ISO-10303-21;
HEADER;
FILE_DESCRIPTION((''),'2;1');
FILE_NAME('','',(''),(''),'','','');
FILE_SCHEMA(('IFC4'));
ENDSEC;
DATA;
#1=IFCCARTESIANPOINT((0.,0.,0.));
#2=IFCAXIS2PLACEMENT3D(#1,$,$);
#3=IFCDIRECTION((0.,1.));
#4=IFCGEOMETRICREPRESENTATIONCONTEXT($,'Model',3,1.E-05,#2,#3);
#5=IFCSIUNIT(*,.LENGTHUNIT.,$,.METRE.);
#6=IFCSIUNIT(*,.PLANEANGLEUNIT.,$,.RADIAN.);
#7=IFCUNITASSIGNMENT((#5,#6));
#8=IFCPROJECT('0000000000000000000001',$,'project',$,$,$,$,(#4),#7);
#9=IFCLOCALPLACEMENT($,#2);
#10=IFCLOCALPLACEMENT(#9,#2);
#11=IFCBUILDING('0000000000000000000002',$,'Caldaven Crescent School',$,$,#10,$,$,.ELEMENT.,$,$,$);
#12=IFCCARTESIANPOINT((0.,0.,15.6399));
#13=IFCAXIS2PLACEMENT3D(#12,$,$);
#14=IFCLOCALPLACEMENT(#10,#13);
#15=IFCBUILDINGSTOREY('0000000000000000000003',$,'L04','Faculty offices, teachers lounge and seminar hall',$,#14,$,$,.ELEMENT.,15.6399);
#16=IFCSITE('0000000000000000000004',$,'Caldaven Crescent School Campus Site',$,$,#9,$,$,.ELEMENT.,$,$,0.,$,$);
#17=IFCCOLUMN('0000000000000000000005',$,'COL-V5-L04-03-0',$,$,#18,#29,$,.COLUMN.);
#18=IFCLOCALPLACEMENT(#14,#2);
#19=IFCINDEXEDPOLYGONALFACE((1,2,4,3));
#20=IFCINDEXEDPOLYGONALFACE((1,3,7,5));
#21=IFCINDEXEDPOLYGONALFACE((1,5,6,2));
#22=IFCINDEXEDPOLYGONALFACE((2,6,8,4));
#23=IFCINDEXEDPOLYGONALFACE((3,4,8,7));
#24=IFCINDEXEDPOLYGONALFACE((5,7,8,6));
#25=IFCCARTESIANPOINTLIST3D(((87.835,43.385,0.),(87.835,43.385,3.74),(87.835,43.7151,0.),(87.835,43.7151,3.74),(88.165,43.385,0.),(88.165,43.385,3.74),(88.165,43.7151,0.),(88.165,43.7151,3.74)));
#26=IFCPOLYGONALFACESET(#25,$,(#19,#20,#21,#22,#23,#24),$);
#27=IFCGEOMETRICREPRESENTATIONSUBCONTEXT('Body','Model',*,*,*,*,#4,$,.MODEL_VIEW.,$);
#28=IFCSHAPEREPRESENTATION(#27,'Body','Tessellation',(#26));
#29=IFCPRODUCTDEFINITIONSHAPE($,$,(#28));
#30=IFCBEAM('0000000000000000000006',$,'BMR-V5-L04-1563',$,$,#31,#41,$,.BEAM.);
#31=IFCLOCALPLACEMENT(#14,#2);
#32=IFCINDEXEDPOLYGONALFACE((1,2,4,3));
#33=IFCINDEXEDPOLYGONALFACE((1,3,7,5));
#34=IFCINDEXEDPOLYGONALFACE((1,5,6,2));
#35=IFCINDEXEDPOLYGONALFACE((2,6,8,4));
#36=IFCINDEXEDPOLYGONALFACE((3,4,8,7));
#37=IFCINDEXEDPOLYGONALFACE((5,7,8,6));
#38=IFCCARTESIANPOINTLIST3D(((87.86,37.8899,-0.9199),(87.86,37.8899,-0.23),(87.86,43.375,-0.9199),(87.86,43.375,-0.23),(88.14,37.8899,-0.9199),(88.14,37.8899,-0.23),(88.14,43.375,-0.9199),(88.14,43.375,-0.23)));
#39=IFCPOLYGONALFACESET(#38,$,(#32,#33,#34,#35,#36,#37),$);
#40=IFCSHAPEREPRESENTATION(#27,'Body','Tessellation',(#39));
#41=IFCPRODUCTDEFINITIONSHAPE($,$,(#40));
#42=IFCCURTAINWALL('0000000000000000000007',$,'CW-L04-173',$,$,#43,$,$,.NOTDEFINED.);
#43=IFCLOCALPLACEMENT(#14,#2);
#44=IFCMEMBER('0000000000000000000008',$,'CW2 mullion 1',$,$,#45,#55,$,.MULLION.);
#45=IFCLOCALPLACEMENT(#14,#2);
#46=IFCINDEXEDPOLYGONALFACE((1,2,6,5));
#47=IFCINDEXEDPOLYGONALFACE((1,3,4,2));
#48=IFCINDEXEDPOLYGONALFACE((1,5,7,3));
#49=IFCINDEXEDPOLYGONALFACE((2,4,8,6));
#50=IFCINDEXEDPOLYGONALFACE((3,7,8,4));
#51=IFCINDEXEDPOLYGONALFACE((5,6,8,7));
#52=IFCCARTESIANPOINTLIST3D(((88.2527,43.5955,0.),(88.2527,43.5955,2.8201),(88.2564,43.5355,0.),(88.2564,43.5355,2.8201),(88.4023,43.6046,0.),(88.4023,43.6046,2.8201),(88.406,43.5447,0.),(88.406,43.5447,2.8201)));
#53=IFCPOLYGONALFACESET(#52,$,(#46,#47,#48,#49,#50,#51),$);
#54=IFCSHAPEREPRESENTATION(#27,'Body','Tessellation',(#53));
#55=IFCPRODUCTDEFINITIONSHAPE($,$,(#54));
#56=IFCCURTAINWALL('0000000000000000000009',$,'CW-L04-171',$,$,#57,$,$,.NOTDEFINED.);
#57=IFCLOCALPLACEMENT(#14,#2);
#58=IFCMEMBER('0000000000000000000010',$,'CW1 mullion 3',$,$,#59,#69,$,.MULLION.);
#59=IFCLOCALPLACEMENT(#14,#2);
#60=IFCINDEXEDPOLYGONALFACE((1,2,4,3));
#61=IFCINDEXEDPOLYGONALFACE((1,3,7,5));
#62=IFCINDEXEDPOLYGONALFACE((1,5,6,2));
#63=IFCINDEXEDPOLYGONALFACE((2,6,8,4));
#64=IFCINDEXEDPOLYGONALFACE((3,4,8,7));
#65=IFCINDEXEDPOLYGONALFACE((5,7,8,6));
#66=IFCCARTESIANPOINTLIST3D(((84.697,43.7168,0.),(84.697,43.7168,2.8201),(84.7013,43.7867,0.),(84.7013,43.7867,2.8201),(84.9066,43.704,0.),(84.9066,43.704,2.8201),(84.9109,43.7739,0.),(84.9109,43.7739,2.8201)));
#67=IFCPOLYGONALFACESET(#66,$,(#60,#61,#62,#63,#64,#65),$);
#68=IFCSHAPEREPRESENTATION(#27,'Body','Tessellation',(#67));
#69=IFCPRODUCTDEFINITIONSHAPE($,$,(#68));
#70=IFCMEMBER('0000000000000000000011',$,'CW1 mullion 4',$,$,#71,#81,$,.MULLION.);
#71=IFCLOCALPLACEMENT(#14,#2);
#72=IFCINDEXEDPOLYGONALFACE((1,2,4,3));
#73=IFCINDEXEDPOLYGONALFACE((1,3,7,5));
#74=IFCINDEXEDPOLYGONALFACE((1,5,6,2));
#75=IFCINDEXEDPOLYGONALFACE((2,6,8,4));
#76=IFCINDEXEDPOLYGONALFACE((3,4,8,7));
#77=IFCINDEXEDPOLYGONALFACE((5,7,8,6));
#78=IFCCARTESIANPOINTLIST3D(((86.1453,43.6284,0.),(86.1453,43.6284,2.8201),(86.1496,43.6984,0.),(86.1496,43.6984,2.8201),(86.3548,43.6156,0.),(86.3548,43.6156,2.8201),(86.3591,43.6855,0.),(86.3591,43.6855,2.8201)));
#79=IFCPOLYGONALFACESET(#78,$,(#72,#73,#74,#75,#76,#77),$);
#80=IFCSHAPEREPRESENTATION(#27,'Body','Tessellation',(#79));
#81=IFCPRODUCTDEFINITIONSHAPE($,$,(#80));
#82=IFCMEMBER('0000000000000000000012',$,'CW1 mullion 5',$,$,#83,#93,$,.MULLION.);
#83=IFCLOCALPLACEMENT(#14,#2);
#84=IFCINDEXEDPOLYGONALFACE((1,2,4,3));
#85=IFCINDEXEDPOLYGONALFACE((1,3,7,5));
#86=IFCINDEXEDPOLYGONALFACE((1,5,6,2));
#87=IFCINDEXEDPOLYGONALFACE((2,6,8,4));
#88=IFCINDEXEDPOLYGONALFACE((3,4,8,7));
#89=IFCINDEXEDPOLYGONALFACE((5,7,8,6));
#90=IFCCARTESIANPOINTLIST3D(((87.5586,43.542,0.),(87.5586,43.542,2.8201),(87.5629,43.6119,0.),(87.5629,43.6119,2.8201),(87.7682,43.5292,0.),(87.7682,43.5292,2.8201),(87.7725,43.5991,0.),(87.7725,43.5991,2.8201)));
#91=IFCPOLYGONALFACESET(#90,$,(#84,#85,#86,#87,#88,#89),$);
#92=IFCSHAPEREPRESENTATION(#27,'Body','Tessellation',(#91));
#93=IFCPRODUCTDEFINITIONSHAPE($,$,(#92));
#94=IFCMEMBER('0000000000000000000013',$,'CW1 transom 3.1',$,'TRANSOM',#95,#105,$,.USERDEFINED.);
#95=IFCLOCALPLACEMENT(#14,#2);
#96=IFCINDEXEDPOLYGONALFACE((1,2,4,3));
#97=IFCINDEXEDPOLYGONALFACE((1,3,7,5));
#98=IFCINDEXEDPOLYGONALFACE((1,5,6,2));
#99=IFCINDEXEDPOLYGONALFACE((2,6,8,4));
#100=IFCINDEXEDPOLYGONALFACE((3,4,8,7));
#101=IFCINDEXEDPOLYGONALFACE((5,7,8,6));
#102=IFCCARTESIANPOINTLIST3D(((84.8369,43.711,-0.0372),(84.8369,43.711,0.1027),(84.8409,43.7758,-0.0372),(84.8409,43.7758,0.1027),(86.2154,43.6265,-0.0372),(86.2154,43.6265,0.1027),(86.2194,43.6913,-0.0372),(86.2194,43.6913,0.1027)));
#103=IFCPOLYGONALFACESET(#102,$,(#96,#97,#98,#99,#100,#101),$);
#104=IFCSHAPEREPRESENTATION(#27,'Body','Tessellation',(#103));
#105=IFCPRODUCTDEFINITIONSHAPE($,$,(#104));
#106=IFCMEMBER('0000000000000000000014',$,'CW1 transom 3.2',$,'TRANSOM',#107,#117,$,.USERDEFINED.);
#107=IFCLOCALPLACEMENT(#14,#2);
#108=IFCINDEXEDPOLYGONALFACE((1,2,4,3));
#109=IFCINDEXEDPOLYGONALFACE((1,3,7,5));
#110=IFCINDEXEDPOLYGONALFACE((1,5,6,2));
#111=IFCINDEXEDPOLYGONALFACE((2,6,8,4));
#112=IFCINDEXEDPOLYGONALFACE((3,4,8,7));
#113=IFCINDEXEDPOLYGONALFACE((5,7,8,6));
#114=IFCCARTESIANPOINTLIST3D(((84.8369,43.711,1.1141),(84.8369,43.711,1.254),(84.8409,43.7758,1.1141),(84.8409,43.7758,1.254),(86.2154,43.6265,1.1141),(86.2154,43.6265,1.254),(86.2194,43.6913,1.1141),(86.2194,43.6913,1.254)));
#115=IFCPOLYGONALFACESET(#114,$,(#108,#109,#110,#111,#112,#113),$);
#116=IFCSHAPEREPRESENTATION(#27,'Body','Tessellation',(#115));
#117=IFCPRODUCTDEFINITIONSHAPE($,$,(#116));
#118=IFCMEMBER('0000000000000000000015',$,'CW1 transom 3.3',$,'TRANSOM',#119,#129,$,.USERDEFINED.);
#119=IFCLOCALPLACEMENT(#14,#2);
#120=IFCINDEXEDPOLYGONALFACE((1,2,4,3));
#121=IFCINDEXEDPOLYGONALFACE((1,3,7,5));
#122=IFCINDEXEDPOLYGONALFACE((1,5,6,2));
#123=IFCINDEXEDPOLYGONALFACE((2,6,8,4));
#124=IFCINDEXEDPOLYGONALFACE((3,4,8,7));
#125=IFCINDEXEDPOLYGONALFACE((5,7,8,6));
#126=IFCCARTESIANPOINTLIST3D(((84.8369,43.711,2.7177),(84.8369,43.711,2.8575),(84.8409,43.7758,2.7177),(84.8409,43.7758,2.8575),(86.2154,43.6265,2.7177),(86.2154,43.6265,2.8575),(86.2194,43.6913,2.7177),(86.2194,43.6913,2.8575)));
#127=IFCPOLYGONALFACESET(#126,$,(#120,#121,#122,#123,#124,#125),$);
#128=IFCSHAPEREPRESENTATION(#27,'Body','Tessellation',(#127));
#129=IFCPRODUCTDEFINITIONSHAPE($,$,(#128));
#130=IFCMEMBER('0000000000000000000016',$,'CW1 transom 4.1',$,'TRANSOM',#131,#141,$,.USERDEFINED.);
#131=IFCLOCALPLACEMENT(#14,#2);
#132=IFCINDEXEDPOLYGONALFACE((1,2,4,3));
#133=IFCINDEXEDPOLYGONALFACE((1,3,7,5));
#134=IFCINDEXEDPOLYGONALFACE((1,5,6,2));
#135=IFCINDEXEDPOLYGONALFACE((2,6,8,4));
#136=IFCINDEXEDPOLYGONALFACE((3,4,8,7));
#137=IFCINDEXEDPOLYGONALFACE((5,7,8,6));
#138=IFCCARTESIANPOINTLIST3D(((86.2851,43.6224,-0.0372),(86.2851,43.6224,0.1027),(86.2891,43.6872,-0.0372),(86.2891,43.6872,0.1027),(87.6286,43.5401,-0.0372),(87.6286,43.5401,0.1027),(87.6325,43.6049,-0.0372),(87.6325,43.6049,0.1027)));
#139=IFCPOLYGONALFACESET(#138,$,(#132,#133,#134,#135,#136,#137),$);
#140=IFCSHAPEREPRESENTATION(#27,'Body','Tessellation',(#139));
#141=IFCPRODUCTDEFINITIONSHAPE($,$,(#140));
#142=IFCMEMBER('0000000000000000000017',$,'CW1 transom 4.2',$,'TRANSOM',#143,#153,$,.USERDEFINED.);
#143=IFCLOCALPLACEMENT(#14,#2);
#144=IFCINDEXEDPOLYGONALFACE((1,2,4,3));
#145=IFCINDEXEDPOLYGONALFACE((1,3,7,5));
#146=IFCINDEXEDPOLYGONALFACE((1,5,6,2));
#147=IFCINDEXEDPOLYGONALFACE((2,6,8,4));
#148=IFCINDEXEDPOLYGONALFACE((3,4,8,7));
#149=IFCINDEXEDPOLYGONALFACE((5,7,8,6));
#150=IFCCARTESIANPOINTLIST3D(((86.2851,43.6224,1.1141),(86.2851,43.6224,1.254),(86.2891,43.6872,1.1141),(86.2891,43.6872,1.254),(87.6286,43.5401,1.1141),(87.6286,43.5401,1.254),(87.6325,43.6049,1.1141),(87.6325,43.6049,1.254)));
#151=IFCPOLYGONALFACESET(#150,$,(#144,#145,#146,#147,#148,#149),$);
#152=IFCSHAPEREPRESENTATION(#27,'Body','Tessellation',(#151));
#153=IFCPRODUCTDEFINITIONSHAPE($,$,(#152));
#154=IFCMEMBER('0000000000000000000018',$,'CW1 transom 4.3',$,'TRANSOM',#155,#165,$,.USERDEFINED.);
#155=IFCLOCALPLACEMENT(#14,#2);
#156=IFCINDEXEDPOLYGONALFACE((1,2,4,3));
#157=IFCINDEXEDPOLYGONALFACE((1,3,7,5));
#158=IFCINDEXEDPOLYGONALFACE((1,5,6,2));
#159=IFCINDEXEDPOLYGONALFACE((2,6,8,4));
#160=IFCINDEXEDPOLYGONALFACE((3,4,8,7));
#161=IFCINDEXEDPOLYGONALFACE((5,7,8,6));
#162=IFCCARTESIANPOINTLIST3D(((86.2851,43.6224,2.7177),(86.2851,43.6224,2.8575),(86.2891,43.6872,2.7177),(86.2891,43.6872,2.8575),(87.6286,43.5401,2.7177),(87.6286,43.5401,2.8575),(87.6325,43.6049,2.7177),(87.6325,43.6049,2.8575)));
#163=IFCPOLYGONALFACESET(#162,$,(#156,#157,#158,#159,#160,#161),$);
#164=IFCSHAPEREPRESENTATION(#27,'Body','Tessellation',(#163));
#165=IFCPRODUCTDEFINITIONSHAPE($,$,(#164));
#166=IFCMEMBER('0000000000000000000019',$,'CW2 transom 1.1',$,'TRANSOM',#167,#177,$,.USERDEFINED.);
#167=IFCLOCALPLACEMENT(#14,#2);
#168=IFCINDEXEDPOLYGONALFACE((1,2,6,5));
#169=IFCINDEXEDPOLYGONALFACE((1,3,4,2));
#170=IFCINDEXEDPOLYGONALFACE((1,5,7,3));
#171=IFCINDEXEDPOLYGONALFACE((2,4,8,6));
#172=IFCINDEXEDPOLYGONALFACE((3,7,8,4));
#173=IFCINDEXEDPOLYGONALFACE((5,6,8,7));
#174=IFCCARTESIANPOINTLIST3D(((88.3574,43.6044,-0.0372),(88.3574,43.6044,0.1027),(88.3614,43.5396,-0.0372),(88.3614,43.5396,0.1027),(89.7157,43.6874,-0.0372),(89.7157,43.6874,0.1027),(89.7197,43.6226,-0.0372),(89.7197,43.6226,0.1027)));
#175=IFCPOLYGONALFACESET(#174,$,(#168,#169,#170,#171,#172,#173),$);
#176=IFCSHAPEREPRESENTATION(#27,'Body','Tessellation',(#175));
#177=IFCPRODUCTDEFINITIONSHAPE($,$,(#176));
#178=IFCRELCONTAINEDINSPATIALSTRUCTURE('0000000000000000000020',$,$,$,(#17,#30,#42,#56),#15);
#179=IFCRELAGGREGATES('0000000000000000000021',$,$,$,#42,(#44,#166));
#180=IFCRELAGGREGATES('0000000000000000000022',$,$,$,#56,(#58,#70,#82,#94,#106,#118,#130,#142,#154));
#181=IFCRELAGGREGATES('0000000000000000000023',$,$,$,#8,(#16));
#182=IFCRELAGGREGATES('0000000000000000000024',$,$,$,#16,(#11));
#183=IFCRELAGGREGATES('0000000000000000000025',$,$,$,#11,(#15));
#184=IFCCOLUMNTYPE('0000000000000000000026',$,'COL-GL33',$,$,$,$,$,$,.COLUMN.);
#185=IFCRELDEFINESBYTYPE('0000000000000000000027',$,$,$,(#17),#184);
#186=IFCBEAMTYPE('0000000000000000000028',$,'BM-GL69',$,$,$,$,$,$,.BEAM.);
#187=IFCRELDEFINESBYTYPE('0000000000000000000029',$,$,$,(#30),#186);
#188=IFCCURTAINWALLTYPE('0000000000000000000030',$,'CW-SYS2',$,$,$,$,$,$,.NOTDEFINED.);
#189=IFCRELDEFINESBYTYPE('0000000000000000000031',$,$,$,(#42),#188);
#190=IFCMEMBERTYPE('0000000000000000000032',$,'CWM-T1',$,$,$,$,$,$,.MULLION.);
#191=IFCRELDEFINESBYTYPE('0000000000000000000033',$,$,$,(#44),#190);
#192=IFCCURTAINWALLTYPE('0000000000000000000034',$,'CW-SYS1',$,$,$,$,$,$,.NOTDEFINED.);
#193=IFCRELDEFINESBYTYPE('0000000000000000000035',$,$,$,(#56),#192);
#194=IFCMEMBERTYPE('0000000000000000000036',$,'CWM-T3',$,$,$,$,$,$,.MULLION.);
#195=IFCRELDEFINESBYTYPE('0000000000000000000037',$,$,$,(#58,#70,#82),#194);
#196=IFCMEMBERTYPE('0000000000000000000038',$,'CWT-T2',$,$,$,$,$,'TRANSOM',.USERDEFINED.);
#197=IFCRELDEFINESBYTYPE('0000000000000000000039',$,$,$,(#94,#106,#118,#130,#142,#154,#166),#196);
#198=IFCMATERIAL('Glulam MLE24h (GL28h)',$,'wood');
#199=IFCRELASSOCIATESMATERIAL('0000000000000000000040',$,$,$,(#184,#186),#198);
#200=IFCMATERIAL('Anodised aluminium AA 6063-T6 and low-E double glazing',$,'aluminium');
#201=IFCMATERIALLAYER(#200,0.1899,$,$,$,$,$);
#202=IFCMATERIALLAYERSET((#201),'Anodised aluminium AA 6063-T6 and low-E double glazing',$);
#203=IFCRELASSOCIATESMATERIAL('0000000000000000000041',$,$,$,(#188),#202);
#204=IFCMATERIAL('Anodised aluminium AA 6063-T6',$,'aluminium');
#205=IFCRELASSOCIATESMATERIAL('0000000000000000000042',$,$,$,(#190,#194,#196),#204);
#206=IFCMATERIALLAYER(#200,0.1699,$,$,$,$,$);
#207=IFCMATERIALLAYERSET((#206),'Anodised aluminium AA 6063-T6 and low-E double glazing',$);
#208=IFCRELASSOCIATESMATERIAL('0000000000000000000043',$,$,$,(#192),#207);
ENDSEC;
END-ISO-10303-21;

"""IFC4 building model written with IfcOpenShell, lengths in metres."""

from ifc_helpers import new_model, si_unit, direction, frame, origin, origin_2d, place, context, subcontext, project, spatial, rectangle, extrude, material, layer, layer_set, material_profile, profile_set, type_object, element, aggregate, save


model = new_model("IFC4")

# Units and contexts
model_context = context("Model", 3, precision=1e-05, world=origin(), true_north=direction((0.0, 1.0)))
body_context = subcontext(model_context, "Body", "Model", "MODEL_VIEW")
ifc_project = project(units=[si_unit("LENGTHUNIT", "METRE"), si_unit("PLANEANGLEUNIT", "RADIAN")], contexts=[model_context])

# Site, building, storey
site_placement = place(None, origin())
site = spatial("IfcSite", under=ifc_project, at=site_placement, Name="Caldaven Crescent School Campus Site", CompositionType="ELEMENT", RefElevation=0.0)
building_placement = place(site_placement, origin())
building = spatial("IfcBuilding", under=site, at=building_placement, Name="Caldaven Crescent School", CompositionType="ELEMENT")
storey_placement = place(building_placement, frame((0.0, 0.0, 15.6399)))
storey = spatial("IfcBuildingStorey", under=building, at=storey_placement, Name="L04", Description="Faculty offices, teachers lounge and seminar hall", CompositionType="ELEMENT", Elevation=15.6399)

# Column
ifc_material_1 = material(Name="Glulam MLE24h (GL28h)", Category="wood")
ifc_material_profile_1 = material_profile(ifc_material_1, rectangle(XDim=0.3301, YDim=0.3301, at=origin_2d()), Name="MLE 330x330")
ifc_profile_set_1 = profile_set([ifc_material_profile_1], Name="Glulam MLE24h (GL28h)")
column_type = type_object("IfcColumnType", Name="COL-GL33", PredefinedType="COLUMN", material=ifc_profile_set_1)
column_placement = place(storey_placement, frame((88.0, 43.55, 0.0), z_axis=(0.0, 0.0, 1.0), x_axis=(0.0, -1.0, 0.0)))
element("IfcColumn", 1, at=column_placement, inside=storey, type_object=column_type, Name="COL-V5-L04-03-0", PredefinedType="COLUMN", context=body_context, shape_type="SweptSolid", body=[
    extrude(rectangle(XDim=0.3301, YDim=0.3301, at=origin_2d()), origin(), (0.0, 0.0, 1.0), 3.74),
])

# Beam
ifc_material_profile_2 = material_profile(ifc_material_1, rectangle(XDim=0.28, YDim=0.6899, at=origin_2d()), Name="MLE 280x690")
ifc_profile_set_2 = profile_set([ifc_material_profile_2], Name="Glulam MLE24h (GL28h)")
beam_type_1 = type_object("IfcBeamType", Name="BM-GL69", PredefinedType="BEAM", material=ifc_profile_set_2)
beam_1_placement = place(storey_placement, frame((88.0, 43.375, -0.575), z_axis=(0.0, -1.0, 0.0), x_axis=(1.0, 0.0, 0.0)))
element("IfcBeam", 2, at=beam_1_placement, inside=storey, type_object=beam_type_1, Name="BMR-V5-L04-1563", PredefinedType="BEAM", context=body_context, shape_type="SweptSolid", body=[
    extrude(rectangle(XDim=0.28, YDim=0.6899, at=origin_2d()), origin(), (0.0, 0.0, 1.0), 5.4851),
])

# Curtain wall, member
ifc_material_2 = material(Name="Anodised aluminium AA 6063-T6 and low-E double glazing", Category="aluminium")
ifc_layer_1 = layer(ifc_material_2, 0.1899)
ifc_layer_set_1 = layer_set([ifc_layer_1], Name="Anodised aluminium AA 6063-T6 and low-E double glazing")
curtain_wall_type_1 = type_object("IfcCurtainWallType", Name="CW-SYS2", PredefinedType="NOTDEFINED", material=ifc_layer_set_1)
curtain_wall_1_placement = place(storey_placement, origin())
curtain_wall_1 = element("IfcCurtainWall", 3, at=curtain_wall_1_placement, inside=storey, type_object=curtain_wall_type_1, Name="CW-L04-173", PredefinedType="NOTDEFINED")
ifc_material_3 = material(Name="Anodised aluminium AA 6063-T6", Category="aluminium")
ifc_material_profile_3 = material_profile(ifc_material_3, rectangle(XDim=0.0601, YDim=0.1499, at=origin_2d()), Name="CWM 60x150")
ifc_profile_set_3 = profile_set([ifc_material_profile_3], Name="Anodised aluminium AA 6063-T6")
member_type_1 = type_object("IfcMemberType", Name="CWM-T1", PredefinedType="MULLION", material=ifc_profile_set_3)
member_1_placement = place(storey_placement, frame((88.3293, 43.5701, 0.0), z_axis=(0.0, 0.0, 1.0), x_axis=(-0.061049, 0.998135, 0.0)))
member_1 = element("IfcMember", 4, at=member_1_placement, type_object=member_type_1, Name="CW2 mullion 1", PredefinedType="MULLION", context=body_context, shape_type="SweptSolid", body=[
    extrude(rectangle(XDim=0.0601, YDim=0.1499, at=origin_2d()), origin(), (0.0, 0.0, 1.0), 2.8201),
])

# Curtain wall, members
ifc_layer_2 = layer(ifc_material_2, 0.1699)
ifc_layer_set_2 = layer_set([ifc_layer_2], Name="Anodised aluminium AA 6063-T6 and low-E double glazing")
curtain_wall_type_2 = type_object("IfcCurtainWallType", Name="CW-SYS1", PredefinedType="NOTDEFINED", material=ifc_layer_set_2)
curtain_wall_2_placement = place(storey_placement, origin())
curtain_wall_2 = element("IfcCurtainWall", 5, at=curtain_wall_2_placement, inside=storey, type_object=curtain_wall_type_2, Name="CW-L04-171", PredefinedType="NOTDEFINED")
ifc_material_profile_4 = material_profile(ifc_material_3, rectangle(XDim=0.0701, YDim=0.21, at=origin_2d()), Name="CWM 70x210")
ifc_profile_set_4 = profile_set([ifc_material_profile_4], Name="Anodised aluminium AA 6063-T6")
member_type_2 = type_object("IfcMemberType", Name="CWM-T3", PredefinedType="MULLION", material=ifc_profile_set_4)
member_2_placement = place(storey_placement, frame((84.804, 43.7454, 0.0), z_axis=(0.0, 0.0, 1.0), x_axis=(0.061049, 0.998135, 0.0)))
member_2 = element("IfcMember", 6, at=member_2_placement, type_object=member_type_2, Name="CW1 mullion 3", PredefinedType="MULLION", context=body_context, shape_type="SweptSolid", body=[
    extrude(rectangle(XDim=0.0701, YDim=0.21, at=origin_2d()), origin(), (0.0, 0.0, 1.0), 2.8201),
])
member_3_placement = place(storey_placement, frame((86.2522, 43.657, 0.0), z_axis=(0.0, 0.0, 1.0), x_axis=(0.061049, 0.998135, 0.0)))
member_3 = element("IfcMember", 7, at=member_3_placement, type_object=member_type_2, Name="CW1 mullion 4", PredefinedType="MULLION", context=body_context, shape_type="SweptSolid", body=[
    extrude(rectangle(XDim=0.0701, YDim=0.21, at=origin_2d()), origin(), (0.0, 0.0, 1.0), 2.8201),
])
member_4_placement = place(storey_placement, frame((87.6655, 43.5706, 0.0), z_axis=(0.0, 0.0, 1.0), x_axis=(0.061049, 0.998135, 0.0)))
member_4 = element("IfcMember", 8, at=member_4_placement, type_object=member_type_2, Name="CW1 mullion 5", PredefinedType="MULLION", context=body_context, shape_type="SweptSolid", body=[
    extrude(rectangle(XDim=0.0701, YDim=0.21, at=origin_2d()), origin(), (0.0, 0.0, 1.0), 2.8201),
])
ifc_material_profile_5 = material_profile(ifc_material_3, rectangle(XDim=0.0649, YDim=0.1399, at=origin_2d()), Name="CWT 65x140")
ifc_profile_set_5 = profile_set([ifc_material_profile_5], Name="Anodised aluminium AA 6063-T6")
member_type_3 = type_object("IfcMemberType", Name="CWT-T2", ElementType="TRANSOM", PredefinedType="USERDEFINED", material=ifc_profile_set_5)
member_5_placement = place(storey_placement, frame((84.8389, 43.7434, 0.0327), z_axis=(0.998128, -0.061168, 0.0), x_axis=(0.061168, 0.998128, 0.0)))
member_5 = element("IfcMember", 9, at=member_5_placement, type_object=member_type_3, Name="CW1 transom 3.1", ObjectType="TRANSOM", PredefinedType="USERDEFINED", context=body_context, shape_type="SweptSolid", body=[
    extrude(rectangle(XDim=0.0649, YDim=0.1399, at=origin_2d()), origin(), (0.0, 0.0, 1.0), 1.3811),
])
member_6_placement = place(storey_placement, frame((84.8389, 43.7434, 1.1841), z_axis=(0.998128, -0.061168, 0.0), x_axis=(0.061168, 0.998128, 0.0)))
member_6 = element("IfcMember", 10, at=member_6_placement, type_object=member_type_3, Name="CW1 transom 3.2", ObjectType="TRANSOM", PredefinedType="USERDEFINED", context=body_context, shape_type="SweptSolid", body=[
    extrude(rectangle(XDim=0.0649, YDim=0.1399, at=origin_2d()), origin(), (0.0, 0.0, 1.0), 1.3811),
])
member_7_placement = place(storey_placement, frame((84.8389, 43.7434, 2.7876), z_axis=(0.998128, -0.061168, 0.0), x_axis=(0.061168, 0.998128, 0.0)))
member_7 = element("IfcMember", 11, at=member_7_placement, type_object=member_type_3, Name="CW1 transom 3.3", ObjectType="TRANSOM", PredefinedType="USERDEFINED", context=body_context, shape_type="SweptSolid", body=[
    extrude(rectangle(XDim=0.0649, YDim=0.1399, at=origin_2d()), origin(), (0.0, 0.0, 1.0), 1.3811),
])
member_8_placement = place(storey_placement, frame((86.2871, 43.6548, 0.0327), z_axis=(0.99813, -0.061125, 0.0), x_axis=(0.061125, 0.99813, 0.0)))
member_8 = element("IfcMember", 12, at=member_8_placement, type_object=member_type_3, Name="CW1 transom 4.1", ObjectType="TRANSOM", PredefinedType="USERDEFINED", context=body_context, shape_type="SweptSolid", body=[
    extrude(rectangle(XDim=0.0649, YDim=0.1399, at=origin_2d()), origin(), (0.0, 0.0, 1.0), 1.3459),
])
member_9_placement = place(storey_placement, frame((86.2871, 43.6548, 1.1841), z_axis=(0.99813, -0.061125, 0.0), x_axis=(0.061125, 0.99813, 0.0)))
member_9 = element("IfcMember", 13, at=member_9_placement, type_object=member_type_3, Name="CW1 transom 4.2", ObjectType="TRANSOM", PredefinedType="USERDEFINED", context=body_context, shape_type="SweptSolid", body=[
    extrude(rectangle(XDim=0.0649, YDim=0.1399, at=origin_2d()), origin(), (0.0, 0.0, 1.0), 1.3459),
])
member_10_placement = place(storey_placement, frame((86.2871, 43.6548, 2.7876), z_axis=(0.99813, -0.061125, 0.0), x_axis=(0.061125, 0.99813, 0.0)))
member_10 = element("IfcMember", 14, at=member_10_placement, type_object=member_type_3, Name="CW1 transom 4.3", ObjectType="TRANSOM", PredefinedType="USERDEFINED", context=body_context, shape_type="SweptSolid", body=[
    extrude(rectangle(XDim=0.0649, YDim=0.1399, at=origin_2d()), origin(), (0.0, 0.0, 1.0), 1.3459),
])

# Member
member_11_placement = place(storey_placement, frame((88.3594, 43.572, 0.0327), z_axis=(0.998138, 0.060993, 0.0), x_axis=(-0.060993, 0.998138, 0.0)))
member_11 = element("IfcMember", 15, at=member_11_placement, type_object=member_type_3, Name="CW2 transom 1.1", ObjectType="TRANSOM", PredefinedType="USERDEFINED", context=body_context, shape_type="SweptSolid", body=[
    extrude(rectangle(XDim=0.0649, YDim=0.1399, at=origin_2d()), origin(), (0.0, 0.0, 1.0), 1.3608),
])
aggregate(curtain_wall_1, [member_1, member_11])

aggregate(curtain_wall_2, [member_2, member_3, member_4, member_5, member_6, member_7, member_8, member_9, member_10])

save(model, "model.ifc")
